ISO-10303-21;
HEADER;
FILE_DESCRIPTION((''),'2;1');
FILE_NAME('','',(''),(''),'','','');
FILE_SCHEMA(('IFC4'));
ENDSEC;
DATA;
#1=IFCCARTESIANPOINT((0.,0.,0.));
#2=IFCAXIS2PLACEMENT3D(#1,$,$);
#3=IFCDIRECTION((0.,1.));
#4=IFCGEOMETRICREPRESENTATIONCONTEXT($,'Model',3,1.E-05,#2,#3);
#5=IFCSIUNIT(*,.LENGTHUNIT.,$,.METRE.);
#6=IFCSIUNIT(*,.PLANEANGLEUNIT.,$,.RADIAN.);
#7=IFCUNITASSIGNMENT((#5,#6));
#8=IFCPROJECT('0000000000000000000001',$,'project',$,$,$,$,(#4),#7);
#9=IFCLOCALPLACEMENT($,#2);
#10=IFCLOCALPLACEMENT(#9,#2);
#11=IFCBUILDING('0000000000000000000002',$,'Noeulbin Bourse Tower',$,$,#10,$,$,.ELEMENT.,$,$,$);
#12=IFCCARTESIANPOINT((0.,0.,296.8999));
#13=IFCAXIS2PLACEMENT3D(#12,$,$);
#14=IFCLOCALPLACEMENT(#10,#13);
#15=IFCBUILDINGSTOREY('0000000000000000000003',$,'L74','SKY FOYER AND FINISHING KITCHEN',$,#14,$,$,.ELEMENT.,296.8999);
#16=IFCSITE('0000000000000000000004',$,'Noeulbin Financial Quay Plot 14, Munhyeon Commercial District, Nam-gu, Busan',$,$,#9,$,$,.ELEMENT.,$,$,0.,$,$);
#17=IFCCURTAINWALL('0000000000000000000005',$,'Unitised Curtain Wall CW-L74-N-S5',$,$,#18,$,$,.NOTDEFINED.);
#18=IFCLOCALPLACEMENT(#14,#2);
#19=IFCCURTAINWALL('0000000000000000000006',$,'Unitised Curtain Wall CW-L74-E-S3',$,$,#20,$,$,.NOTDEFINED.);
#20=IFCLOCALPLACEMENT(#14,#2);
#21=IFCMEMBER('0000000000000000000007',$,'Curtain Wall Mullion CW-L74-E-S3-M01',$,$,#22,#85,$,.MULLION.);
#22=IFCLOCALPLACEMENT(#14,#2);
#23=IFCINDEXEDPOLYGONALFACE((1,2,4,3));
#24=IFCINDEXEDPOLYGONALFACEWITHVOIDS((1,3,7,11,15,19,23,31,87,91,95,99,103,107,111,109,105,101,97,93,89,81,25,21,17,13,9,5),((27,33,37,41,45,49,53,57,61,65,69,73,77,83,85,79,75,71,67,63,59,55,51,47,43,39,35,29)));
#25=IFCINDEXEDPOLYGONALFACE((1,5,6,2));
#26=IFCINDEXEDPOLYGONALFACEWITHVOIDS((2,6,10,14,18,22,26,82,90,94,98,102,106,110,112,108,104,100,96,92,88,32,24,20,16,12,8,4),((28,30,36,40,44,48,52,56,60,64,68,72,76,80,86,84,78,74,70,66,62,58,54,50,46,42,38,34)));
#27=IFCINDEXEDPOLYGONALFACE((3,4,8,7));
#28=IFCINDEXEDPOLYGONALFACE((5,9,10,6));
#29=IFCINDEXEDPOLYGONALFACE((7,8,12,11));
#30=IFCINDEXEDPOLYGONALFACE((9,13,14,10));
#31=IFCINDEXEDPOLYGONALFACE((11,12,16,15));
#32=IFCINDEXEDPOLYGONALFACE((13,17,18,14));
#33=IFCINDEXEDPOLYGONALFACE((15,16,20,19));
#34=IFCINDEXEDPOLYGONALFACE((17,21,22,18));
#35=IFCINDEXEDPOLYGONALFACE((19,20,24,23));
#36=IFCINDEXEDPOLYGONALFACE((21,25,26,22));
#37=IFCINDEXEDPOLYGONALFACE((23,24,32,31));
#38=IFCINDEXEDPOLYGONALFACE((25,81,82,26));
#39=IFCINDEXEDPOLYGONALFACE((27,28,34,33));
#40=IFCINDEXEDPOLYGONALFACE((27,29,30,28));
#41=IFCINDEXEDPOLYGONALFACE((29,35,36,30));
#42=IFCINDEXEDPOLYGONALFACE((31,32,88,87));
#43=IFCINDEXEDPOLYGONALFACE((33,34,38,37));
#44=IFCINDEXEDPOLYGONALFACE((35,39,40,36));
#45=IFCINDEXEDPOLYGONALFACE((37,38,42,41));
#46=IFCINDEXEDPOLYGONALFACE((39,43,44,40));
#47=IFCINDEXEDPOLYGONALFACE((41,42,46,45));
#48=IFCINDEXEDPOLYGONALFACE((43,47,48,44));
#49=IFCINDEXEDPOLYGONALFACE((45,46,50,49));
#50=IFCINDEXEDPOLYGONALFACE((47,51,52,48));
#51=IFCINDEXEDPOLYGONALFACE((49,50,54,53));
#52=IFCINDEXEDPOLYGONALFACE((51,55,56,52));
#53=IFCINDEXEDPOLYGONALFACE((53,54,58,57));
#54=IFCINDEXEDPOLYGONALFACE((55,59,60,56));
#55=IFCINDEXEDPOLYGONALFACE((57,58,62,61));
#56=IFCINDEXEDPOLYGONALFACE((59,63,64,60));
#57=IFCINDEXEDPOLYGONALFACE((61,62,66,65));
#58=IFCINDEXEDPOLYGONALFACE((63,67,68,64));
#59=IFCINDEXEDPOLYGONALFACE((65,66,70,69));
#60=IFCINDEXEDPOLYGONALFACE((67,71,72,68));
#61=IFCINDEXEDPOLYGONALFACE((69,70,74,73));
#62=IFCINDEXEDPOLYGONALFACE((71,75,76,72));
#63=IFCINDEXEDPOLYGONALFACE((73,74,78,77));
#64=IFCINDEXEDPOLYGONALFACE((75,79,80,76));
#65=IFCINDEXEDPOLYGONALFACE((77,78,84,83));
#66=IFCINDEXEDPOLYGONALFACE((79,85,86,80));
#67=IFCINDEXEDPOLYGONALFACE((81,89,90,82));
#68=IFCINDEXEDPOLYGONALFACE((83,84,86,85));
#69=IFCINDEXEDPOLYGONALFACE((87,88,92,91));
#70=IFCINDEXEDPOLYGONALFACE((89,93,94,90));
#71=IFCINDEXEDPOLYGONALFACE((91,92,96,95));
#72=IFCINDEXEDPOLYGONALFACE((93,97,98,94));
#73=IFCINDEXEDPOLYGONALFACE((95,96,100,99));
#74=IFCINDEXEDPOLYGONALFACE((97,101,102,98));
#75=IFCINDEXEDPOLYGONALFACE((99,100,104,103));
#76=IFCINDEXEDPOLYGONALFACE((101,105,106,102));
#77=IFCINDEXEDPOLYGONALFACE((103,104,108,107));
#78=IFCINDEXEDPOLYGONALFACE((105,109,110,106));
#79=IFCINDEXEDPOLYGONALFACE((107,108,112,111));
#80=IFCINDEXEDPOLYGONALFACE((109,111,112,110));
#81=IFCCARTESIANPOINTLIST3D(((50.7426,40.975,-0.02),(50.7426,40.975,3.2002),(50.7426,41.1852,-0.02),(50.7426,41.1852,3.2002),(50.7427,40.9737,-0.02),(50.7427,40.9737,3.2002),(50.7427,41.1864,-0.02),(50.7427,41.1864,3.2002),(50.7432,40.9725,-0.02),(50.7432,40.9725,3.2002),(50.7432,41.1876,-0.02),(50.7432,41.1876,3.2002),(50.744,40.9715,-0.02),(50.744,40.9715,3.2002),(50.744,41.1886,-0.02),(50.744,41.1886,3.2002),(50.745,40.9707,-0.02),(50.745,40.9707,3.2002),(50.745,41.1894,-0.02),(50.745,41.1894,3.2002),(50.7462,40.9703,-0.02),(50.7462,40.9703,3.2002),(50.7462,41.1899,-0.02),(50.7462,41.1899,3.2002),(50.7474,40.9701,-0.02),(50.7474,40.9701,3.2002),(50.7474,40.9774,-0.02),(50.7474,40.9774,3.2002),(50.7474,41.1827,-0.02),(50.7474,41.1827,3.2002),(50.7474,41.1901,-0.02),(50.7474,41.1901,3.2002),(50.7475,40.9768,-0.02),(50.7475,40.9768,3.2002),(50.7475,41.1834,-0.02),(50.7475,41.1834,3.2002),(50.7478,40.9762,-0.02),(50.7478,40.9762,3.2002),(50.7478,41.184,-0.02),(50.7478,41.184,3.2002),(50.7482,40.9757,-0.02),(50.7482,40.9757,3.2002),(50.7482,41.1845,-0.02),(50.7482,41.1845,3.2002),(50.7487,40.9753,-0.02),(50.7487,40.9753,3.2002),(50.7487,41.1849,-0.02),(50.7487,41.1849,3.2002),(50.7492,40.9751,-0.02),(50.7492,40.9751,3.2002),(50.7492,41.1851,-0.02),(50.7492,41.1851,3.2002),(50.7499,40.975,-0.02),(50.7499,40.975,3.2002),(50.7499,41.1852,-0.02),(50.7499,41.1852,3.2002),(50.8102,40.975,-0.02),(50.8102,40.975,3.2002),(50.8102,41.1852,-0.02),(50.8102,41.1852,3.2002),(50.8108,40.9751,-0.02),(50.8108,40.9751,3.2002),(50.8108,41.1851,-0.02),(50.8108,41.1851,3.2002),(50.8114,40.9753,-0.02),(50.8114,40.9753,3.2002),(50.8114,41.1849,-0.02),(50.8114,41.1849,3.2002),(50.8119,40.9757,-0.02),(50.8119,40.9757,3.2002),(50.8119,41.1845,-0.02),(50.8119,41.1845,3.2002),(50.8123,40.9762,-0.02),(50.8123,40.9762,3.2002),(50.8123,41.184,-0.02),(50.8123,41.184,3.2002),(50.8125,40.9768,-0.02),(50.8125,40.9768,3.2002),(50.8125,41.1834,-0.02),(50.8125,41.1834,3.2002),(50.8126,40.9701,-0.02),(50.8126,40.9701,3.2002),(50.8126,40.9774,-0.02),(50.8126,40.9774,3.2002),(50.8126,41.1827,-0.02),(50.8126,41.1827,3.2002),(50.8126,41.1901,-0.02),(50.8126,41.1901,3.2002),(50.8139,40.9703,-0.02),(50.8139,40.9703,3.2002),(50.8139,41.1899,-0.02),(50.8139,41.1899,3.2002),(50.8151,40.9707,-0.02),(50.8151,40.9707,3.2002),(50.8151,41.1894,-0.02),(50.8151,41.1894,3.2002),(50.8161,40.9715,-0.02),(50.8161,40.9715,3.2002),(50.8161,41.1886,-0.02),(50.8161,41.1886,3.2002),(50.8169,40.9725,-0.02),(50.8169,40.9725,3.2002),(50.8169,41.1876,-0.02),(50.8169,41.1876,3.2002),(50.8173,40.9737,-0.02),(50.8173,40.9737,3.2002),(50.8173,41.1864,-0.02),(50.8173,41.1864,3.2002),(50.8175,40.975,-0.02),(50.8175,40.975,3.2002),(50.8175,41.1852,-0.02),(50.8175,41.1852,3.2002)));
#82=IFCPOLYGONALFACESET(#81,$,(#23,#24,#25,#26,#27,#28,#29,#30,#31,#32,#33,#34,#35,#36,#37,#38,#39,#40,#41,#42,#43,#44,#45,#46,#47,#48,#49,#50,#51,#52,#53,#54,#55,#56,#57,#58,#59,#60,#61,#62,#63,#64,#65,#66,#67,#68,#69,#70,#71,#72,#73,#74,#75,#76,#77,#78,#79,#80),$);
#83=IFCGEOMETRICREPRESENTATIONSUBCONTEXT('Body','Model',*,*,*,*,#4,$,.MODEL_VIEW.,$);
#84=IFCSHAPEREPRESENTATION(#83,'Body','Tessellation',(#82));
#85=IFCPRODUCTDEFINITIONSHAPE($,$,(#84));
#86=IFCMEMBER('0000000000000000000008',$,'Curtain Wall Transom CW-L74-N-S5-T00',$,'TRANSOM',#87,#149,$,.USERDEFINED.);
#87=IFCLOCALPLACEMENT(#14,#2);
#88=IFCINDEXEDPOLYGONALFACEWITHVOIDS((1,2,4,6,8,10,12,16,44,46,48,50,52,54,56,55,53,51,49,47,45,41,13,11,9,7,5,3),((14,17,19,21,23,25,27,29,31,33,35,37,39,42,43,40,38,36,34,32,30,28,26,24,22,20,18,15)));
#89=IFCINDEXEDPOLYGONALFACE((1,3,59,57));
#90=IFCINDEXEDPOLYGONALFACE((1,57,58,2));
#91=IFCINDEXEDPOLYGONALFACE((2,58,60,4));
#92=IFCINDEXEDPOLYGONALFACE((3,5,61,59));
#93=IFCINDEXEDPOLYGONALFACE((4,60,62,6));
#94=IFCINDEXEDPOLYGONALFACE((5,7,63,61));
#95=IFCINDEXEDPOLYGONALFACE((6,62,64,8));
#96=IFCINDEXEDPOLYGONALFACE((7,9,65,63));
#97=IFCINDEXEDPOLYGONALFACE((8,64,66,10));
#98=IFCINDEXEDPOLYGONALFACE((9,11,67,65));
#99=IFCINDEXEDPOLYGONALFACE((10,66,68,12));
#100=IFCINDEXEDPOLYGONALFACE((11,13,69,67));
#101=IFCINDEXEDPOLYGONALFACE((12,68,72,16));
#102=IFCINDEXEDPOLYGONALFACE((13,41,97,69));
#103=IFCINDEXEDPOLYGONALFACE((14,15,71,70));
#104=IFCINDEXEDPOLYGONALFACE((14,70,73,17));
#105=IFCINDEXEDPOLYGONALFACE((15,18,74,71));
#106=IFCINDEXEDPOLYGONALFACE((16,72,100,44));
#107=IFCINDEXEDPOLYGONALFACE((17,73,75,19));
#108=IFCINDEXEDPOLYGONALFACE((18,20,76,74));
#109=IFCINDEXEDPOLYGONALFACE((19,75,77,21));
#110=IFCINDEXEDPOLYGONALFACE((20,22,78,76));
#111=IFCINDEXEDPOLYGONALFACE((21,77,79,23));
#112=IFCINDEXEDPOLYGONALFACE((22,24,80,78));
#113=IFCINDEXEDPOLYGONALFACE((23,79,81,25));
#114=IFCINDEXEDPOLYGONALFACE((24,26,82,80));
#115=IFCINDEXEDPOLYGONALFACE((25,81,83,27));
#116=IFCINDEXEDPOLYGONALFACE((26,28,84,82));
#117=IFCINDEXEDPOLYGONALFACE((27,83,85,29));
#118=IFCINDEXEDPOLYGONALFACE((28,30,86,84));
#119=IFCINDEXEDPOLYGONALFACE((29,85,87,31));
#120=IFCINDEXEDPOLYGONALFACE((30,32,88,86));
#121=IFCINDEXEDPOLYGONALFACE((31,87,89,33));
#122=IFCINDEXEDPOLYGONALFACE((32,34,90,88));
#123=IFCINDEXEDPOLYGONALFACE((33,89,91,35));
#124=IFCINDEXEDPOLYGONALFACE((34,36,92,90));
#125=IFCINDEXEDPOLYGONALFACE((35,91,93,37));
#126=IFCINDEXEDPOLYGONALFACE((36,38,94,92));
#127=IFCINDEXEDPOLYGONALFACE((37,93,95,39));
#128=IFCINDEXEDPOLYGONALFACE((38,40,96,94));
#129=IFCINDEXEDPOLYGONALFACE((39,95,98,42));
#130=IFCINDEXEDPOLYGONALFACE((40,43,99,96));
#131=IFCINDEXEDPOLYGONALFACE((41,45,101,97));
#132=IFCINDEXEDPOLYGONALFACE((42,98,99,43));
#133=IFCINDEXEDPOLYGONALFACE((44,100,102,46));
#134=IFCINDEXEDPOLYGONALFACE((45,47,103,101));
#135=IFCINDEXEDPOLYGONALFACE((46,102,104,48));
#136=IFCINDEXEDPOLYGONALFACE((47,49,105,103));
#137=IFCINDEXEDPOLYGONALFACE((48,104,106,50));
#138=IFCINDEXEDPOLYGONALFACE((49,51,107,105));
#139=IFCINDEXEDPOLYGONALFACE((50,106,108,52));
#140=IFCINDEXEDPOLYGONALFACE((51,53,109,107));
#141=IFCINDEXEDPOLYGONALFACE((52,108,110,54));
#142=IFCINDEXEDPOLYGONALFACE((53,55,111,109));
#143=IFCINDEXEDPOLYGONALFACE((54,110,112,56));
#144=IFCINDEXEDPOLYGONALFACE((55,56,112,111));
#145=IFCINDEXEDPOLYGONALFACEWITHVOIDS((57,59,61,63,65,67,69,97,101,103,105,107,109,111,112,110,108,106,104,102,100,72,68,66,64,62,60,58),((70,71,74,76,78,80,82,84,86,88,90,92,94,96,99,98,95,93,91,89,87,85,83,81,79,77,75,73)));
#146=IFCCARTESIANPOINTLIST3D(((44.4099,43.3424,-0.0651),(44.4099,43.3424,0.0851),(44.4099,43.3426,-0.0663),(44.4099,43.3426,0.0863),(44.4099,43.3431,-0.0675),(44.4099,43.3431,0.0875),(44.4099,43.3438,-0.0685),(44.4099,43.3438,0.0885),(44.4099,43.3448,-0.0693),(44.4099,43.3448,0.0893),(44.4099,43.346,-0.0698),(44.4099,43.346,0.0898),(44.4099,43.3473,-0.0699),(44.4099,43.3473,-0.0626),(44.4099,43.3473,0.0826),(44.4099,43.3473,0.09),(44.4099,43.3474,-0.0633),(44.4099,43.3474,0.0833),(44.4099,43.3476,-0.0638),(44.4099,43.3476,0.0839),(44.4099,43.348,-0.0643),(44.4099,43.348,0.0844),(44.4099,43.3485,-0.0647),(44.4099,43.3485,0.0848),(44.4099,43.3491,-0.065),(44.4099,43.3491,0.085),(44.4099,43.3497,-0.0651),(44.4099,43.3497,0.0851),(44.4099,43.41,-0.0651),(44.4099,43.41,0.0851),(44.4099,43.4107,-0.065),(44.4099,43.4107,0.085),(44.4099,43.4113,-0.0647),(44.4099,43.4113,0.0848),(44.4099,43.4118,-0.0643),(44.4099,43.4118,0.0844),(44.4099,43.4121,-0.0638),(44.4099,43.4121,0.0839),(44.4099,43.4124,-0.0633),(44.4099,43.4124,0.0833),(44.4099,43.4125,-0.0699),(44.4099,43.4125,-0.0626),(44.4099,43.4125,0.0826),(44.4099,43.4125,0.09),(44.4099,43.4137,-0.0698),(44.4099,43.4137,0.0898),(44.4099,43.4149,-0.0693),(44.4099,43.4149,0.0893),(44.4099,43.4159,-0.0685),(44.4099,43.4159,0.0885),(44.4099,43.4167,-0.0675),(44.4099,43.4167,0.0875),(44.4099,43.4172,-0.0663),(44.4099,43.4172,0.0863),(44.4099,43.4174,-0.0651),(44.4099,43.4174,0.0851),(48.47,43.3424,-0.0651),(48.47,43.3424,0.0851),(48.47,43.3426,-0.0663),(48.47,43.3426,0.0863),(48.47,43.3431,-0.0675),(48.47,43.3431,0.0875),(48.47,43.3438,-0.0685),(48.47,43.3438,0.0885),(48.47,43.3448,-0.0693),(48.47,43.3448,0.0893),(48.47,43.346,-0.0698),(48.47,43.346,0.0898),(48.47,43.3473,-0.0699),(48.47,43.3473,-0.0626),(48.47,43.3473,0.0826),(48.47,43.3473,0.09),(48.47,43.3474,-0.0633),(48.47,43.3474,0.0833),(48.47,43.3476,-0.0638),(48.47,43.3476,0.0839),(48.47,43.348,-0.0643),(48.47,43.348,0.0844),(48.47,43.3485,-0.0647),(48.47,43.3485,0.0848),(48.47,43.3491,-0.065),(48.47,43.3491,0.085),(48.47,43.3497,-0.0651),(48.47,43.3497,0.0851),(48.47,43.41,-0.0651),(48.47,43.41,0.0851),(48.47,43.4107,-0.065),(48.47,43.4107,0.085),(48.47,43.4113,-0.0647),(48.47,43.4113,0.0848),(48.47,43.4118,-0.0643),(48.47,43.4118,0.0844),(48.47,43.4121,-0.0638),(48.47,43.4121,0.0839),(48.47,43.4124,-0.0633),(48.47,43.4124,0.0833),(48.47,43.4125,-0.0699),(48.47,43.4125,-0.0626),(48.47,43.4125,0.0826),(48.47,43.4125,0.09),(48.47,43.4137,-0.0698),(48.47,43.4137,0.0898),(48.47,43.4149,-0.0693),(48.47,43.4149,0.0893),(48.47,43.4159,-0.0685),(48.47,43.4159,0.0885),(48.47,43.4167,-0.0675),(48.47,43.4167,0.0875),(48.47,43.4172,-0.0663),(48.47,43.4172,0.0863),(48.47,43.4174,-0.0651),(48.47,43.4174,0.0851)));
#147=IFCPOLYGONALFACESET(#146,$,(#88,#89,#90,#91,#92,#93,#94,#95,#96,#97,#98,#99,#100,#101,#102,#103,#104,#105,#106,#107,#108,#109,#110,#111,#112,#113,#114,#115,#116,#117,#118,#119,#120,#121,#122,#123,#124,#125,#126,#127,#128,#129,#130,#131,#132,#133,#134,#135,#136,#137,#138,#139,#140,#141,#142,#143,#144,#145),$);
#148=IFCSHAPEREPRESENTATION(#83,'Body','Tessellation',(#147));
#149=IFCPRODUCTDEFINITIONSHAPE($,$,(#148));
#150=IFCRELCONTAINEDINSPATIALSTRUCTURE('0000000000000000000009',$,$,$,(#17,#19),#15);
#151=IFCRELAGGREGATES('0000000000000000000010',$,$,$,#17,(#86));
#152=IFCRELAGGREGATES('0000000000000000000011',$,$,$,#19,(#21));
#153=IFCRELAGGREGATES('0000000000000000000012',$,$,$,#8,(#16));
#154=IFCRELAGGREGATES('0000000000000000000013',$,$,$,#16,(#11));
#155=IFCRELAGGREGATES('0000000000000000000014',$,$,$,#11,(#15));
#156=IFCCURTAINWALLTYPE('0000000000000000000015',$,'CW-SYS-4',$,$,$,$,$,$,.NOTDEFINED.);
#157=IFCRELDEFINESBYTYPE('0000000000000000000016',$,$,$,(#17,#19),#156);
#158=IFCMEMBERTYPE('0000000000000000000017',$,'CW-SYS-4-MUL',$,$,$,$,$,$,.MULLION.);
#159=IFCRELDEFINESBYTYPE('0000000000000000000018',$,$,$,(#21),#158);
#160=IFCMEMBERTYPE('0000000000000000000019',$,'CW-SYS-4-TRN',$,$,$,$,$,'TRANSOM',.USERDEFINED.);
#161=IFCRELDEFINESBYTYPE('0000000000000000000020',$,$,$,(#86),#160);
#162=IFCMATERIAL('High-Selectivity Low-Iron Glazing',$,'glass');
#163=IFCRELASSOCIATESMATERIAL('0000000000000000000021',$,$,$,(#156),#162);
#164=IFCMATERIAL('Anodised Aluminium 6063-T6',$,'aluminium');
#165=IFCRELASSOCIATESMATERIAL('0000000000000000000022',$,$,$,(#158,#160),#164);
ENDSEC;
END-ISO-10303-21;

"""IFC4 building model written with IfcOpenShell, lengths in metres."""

from ifc_helpers import new_model, si_unit, direction, frame, origin, origin_2d, place, context, subcontext, project, spatial, hollow_rectangle, extrude, material, material_profile, profile_set, type_object, element, aggregate, save


model = new_model("IFC4")

# Units and contexts
model_context = context("Model", 3, precision=1e-05, world=origin(), true_north=direction((0.0, 1.0)))
body_context = subcontext(model_context, "Body", "Model", "MODEL_VIEW")
ifc_project = project(units=[si_unit("LENGTHUNIT", "METRE"), si_unit("PLANEANGLEUNIT", "RADIAN")], contexts=[model_context])

# Site, building, storey
site_placement = place(None, origin())
site = spatial("IfcSite", under=ifc_project, at=site_placement, Name="Noeulbin Financial Quay Plot 14, Munhyeon Commercial District, Nam-gu, Busan", CompositionType="ELEMENT", RefElevation=0.0)
building_placement = place(site_placement, origin())
building = spatial("IfcBuilding", under=site, at=building_placement, Name="Noeulbin Bourse Tower", CompositionType="ELEMENT")
storey_placement = place(building_placement, frame((0.0, 0.0, 296.8999)))
storey = spatial("IfcBuildingStorey", under=building, at=storey_placement, Name="L74", Description="SKY FOYER AND FINISHING KITCHEN", CompositionType="ELEMENT", Elevation=296.8999)

# Shared definitions
ifc_material_1 = material(Name="High-Selectivity Low-Iron Glazing", Category="glass")
curtain_wall_type = type_object("IfcCurtainWallType", Name="CW-SYS-4", PredefinedType="NOTDEFINED", material=ifc_material_1)
ifc_material_2 = material(Name="Anodised Aluminium 6063-T6", Category="aluminium")
ifc_material_profile_1 = material_profile(ifc_material_2, hollow_rectangle(XDim=0.075, YDim=0.22, WallThickness=0.0049, InnerFilletRadius=0.0024, OuterFilletRadius=0.0049, at=origin_2d()), Name="ALU-MULL-75x220x5", Category="LoadBearing")
ifc_profile_set_1 = profile_set([ifc_material_profile_1], Name="Anodised Aluminium 6063-T6")
member_type_1 = type_object("IfcMemberType", Name="CW-SYS-4-MUL", PredefinedType="MULLION", material=ifc_profile_set_1)

# Curtain walls, member
curtain_wall_1_placement = place(storey_placement, origin())
curtain_wall_1 = element("IfcCurtainWall", 1, at=curtain_wall_1_placement, inside=storey, type_object=curtain_wall_type, Name="Unitised Curtain Wall CW-L74-N-S5", PredefinedType="NOTDEFINED")
curtain_wall_2_placement = place(storey_placement, origin())
curtain_wall_2 = element("IfcCurtainWall", 2, at=curtain_wall_2_placement, inside=storey, type_object=curtain_wall_type, Name="Unitised Curtain Wall CW-L74-E-S3", PredefinedType="NOTDEFINED")
member_1_placement = place(storey_placement, frame((50.78, 41.0801, -0.02), z_axis=(0.0, 0.0, 1.0), x_axis=(1.0, 0.0, 0.0)))
member_1 = element("IfcMember", 3, at=member_1_placement, type_object=member_type_1, Name="Curtain Wall Mullion CW-L74-E-S3-M01", PredefinedType="MULLION", context=body_context, shape_type="SweptSolid", body=[
    extrude(hollow_rectangle(XDim=0.075, YDim=0.22, WallThickness=0.0049, InnerFilletRadius=0.0024, OuterFilletRadius=0.0049, at=origin_2d()), origin(), (0.0, 0.0, 1.0), 3.2202),
])

# Member
ifc_material_profile_2 = material_profile(ifc_material_2, hollow_rectangle(XDim=0.075, YDim=0.1599, WallThickness=0.0049, InnerFilletRadius=0.0024, OuterFilletRadius=0.0049, at=origin_2d()), Name="ALU-TRAN-75x160x5", Category="LoadBearing")
ifc_profile_set_2 = profile_set([ifc_material_profile_2], Name="Anodised Aluminium 6063-T6")
member_type_2 = type_object("IfcMemberType", Name="CW-SYS-4-TRN", ElementType="TRANSOM", PredefinedType="USERDEFINED", material=ifc_profile_set_2)
member_2_placement = place(storey_placement, frame((44.4099, 43.3799, 0.01), z_axis=(1.0, 0.0, 0.0), x_axis=(0.0, 1.0, 0.0)))
member_2 = element("IfcMember", 4, at=member_2_placement, type_object=member_type_2, Name="Curtain Wall Transom CW-L74-N-S5-T00", ObjectType="TRANSOM", PredefinedType="USERDEFINED", context=body_context, shape_type="SweptSolid", body=[
    extrude(hollow_rectangle(XDim=0.075, YDim=0.1599, WallThickness=0.0049, InnerFilletRadius=0.0024, OuterFilletRadius=0.0049, at=origin_2d()), origin(), (0.0, 0.0, 1.0), 4.0601),
])

aggregate(curtain_wall_1, [member_2])
aggregate(curtain_wall_2, [member_1])

save(model, "model.ifc")
